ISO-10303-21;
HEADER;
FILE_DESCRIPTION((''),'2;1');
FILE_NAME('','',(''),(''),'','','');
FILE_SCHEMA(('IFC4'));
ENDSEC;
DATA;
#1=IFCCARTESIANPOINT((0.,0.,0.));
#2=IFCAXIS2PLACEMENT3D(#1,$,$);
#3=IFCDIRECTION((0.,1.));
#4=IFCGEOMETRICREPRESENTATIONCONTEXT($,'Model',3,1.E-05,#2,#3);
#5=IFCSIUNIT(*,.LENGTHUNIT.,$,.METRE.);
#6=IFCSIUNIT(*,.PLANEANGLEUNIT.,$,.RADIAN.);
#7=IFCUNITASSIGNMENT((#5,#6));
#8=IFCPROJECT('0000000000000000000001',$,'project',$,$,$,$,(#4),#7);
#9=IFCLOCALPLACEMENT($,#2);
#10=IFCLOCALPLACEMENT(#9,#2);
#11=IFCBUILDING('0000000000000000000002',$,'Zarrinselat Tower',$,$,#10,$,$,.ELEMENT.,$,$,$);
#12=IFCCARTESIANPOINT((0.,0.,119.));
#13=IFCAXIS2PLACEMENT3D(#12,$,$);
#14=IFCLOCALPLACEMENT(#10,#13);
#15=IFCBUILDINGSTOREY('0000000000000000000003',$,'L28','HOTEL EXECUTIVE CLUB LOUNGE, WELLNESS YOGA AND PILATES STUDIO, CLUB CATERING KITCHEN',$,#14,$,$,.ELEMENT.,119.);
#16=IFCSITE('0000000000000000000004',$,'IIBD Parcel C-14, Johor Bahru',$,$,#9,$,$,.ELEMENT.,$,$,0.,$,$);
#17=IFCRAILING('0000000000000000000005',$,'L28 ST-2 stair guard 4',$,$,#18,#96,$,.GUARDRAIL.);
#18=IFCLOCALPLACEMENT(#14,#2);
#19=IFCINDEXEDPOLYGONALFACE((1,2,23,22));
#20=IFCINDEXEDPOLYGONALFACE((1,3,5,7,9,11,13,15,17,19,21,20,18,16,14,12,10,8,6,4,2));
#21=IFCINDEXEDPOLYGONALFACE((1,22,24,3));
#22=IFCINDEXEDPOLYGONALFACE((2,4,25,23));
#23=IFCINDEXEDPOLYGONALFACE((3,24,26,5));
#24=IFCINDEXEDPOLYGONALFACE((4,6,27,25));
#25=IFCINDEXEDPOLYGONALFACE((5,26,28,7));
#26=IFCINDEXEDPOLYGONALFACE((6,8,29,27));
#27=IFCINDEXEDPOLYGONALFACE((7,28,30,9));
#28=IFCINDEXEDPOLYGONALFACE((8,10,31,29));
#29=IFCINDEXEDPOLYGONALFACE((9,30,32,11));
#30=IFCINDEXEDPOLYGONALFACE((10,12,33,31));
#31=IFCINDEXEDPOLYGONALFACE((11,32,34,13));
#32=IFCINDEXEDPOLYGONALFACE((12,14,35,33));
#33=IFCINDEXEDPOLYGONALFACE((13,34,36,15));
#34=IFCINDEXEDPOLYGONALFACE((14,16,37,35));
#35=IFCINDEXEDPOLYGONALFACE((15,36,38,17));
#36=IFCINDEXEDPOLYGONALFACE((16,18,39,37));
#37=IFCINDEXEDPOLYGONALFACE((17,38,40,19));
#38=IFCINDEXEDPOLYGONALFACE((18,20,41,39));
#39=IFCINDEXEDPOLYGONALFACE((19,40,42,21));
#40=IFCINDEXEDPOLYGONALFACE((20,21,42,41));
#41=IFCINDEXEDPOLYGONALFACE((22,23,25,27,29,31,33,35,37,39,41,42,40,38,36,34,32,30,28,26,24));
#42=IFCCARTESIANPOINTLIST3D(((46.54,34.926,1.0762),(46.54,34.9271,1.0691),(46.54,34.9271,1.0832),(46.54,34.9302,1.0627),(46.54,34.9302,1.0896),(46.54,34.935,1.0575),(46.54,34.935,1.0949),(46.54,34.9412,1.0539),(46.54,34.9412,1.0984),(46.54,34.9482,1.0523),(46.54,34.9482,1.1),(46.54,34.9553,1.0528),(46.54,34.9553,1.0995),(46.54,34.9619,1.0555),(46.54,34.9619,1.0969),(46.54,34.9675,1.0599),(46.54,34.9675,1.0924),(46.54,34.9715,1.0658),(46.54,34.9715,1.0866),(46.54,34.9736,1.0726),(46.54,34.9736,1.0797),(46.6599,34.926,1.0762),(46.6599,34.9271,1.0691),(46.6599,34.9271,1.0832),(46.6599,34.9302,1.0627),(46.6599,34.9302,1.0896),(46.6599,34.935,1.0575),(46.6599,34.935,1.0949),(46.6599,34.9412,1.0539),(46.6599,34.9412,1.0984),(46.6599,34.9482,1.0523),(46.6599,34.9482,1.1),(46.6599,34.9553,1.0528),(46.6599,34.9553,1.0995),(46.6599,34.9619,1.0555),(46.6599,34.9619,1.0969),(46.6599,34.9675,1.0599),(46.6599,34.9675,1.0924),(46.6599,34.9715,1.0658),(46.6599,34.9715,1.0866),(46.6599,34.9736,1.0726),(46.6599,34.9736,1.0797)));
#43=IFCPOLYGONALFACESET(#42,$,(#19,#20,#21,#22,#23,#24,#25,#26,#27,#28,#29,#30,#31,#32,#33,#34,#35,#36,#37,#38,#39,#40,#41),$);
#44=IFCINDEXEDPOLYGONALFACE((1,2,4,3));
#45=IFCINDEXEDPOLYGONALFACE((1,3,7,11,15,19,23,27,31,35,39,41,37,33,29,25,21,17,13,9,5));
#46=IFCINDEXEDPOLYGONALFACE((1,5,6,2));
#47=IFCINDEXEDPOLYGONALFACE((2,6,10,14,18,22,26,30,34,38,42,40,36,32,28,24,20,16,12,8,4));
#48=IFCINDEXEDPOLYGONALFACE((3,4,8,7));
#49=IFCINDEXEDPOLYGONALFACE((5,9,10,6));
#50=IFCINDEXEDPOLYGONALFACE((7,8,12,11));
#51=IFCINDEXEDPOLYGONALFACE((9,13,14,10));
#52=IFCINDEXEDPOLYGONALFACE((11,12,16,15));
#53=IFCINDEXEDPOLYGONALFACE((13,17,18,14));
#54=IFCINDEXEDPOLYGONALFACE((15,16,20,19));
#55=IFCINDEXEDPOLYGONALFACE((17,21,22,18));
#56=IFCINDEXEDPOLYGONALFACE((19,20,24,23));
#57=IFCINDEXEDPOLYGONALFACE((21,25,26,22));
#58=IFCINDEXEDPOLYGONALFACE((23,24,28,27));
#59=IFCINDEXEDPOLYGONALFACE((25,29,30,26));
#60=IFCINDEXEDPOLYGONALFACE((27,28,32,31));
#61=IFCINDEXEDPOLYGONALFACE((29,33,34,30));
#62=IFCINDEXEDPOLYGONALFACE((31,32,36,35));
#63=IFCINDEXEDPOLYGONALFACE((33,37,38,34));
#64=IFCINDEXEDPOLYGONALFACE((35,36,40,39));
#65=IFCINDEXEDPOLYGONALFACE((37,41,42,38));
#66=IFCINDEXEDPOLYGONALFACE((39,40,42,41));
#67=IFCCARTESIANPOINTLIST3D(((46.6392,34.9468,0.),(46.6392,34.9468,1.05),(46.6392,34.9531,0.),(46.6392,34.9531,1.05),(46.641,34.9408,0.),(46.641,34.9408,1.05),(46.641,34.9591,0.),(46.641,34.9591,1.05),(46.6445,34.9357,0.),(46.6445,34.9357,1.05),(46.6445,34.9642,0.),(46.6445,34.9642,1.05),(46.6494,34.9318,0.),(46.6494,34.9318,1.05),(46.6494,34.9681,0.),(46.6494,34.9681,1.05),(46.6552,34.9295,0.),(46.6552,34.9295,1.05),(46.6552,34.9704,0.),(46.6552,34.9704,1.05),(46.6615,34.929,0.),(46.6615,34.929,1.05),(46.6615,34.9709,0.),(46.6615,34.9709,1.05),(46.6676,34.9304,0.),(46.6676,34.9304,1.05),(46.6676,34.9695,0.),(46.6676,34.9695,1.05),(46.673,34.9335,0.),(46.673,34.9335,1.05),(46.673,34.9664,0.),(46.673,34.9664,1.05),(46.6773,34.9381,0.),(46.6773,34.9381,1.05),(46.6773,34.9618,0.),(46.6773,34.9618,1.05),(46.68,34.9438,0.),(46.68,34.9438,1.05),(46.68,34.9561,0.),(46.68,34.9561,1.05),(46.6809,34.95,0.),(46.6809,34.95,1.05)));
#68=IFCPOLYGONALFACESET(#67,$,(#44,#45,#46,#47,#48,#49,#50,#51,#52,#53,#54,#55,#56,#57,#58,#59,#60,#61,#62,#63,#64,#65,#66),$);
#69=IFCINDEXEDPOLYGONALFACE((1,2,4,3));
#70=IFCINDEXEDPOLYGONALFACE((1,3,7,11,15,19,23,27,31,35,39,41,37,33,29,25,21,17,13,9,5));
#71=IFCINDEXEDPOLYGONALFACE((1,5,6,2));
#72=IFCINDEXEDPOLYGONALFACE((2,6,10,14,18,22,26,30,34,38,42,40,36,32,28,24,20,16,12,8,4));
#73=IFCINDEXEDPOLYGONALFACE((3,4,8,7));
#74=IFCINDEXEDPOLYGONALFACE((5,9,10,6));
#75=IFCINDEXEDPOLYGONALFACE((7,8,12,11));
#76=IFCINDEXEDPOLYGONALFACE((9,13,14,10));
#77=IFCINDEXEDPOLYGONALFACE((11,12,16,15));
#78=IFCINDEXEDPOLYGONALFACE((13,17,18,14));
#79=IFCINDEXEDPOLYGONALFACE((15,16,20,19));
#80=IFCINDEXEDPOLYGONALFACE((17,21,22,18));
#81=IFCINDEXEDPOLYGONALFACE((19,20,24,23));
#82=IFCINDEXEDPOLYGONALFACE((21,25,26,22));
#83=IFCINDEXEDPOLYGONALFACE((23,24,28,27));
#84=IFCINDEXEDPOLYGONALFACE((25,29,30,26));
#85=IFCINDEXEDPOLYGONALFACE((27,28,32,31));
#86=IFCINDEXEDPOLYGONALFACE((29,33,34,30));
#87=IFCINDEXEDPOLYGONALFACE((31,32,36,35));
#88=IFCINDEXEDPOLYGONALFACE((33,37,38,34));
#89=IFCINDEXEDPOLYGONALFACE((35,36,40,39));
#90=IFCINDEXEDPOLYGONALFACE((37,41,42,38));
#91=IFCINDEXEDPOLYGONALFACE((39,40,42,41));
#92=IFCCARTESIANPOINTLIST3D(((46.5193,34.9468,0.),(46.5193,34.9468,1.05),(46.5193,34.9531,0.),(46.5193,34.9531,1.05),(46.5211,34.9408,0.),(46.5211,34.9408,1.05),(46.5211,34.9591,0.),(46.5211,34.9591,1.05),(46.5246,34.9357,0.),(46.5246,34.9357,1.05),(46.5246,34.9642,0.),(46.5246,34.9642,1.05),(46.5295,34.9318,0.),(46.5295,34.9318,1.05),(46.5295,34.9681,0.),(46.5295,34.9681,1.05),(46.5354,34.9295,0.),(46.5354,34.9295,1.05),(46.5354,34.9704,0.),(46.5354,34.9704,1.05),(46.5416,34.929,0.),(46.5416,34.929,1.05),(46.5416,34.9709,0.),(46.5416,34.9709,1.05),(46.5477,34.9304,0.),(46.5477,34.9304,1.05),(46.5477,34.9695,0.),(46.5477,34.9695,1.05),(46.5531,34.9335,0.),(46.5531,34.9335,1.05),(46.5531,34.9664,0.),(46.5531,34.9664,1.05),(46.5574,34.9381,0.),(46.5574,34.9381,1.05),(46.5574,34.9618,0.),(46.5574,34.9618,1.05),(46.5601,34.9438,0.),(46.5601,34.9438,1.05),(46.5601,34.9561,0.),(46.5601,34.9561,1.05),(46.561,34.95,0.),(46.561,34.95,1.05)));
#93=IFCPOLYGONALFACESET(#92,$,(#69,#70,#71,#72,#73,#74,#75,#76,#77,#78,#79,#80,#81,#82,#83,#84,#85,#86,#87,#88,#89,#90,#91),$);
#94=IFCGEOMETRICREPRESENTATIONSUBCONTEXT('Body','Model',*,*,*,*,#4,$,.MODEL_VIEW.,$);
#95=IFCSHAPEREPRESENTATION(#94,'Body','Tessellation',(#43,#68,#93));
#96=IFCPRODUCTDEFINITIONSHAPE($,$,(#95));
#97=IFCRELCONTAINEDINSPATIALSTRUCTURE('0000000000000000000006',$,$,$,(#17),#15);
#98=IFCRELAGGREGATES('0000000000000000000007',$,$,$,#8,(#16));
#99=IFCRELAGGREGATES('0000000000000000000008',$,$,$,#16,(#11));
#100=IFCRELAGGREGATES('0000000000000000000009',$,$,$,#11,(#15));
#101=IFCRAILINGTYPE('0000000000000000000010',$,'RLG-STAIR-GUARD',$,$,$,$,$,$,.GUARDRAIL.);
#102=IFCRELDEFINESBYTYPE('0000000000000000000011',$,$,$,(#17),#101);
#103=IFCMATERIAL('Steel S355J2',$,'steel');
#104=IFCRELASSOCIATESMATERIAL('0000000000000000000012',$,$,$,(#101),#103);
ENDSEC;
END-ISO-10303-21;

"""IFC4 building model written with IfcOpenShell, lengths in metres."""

from ifc_helpers import new_model, si_unit, direction, frame, origin, origin_2d, place, context, subcontext, project, spatial, circle, extrude, material, type_object, element, save


model = new_model("IFC4")

# Units and contexts
model_context = context("Model", 3, precision=1e-05, world=origin(), true_north=direction((0.0, 1.0)))
body_context = subcontext(model_context, "Body", "Model", "MODEL_VIEW")
ifc_project = project(units=[si_unit("LENGTHUNIT", "METRE"), si_unit("PLANEANGLEUNIT", "RADIAN")], contexts=[model_context])

# Site, building, storey
site_placement = place(None, origin())
site = spatial("IfcSite", under=ifc_project, at=site_placement, Name="IIBD Parcel C-14, Johor Bahru", CompositionType="ELEMENT", RefElevation=0.0)
building_placement = place(site_placement, origin())
building = spatial("IfcBuilding", under=site, at=building_placement, Name="Zarrinselat Tower", CompositionType="ELEMENT")
storey_placement = place(building_placement, frame((0.0, 0.0, 119.0)))
storey = spatial("IfcBuildingStorey", under=building, at=storey_placement, Name="L28", Description="HOTEL EXECUTIVE CLUB LOUNGE, WELLNESS YOGA AND PILATES STUDIO, CLUB CATERING KITCHEN", CompositionType="ELEMENT", Elevation=119.0)

# Railing
ifc_material_1 = material(Name="Steel S355J2", Category="steel")
railing_type_1 = type_object("IfcRailingType", Name="RLG-STAIR-GUARD", PredefinedType="GUARDRAIL", material=ifc_material_1)
railing_1_placement = place(storey_placement, frame((46.6599, 34.95, 0.0)))
element("IfcRailing", 1, at=railing_1_placement, inside=storey, type_object=railing_type_1, Name="L28 ST-2 stair guard 4", PredefinedType="GUARDRAIL", context=body_context, shape_type="SweptSolid", body=[
    extrude(circle(Radius=0.0239, at=origin_2d()), frame((0.0, 0.0, 1.0762), z_axis=(-1.0, 0.0, 0.0), x_axis=(0.0, -1.0, 0.0)), (0.0, 0.0, 1.0), 0.1199),
    extrude(circle(Radius=0.021, at=origin_2d()), origin(), (0.0, 0.0, 1.0), 1.05),
    extrude(circle(Radius=0.021, at=origin_2d()), frame((-0.1199, 0.0, 0.0)), (0.0, 0.0, 1.0), 1.05),
])

save(model, "model.ifc")
